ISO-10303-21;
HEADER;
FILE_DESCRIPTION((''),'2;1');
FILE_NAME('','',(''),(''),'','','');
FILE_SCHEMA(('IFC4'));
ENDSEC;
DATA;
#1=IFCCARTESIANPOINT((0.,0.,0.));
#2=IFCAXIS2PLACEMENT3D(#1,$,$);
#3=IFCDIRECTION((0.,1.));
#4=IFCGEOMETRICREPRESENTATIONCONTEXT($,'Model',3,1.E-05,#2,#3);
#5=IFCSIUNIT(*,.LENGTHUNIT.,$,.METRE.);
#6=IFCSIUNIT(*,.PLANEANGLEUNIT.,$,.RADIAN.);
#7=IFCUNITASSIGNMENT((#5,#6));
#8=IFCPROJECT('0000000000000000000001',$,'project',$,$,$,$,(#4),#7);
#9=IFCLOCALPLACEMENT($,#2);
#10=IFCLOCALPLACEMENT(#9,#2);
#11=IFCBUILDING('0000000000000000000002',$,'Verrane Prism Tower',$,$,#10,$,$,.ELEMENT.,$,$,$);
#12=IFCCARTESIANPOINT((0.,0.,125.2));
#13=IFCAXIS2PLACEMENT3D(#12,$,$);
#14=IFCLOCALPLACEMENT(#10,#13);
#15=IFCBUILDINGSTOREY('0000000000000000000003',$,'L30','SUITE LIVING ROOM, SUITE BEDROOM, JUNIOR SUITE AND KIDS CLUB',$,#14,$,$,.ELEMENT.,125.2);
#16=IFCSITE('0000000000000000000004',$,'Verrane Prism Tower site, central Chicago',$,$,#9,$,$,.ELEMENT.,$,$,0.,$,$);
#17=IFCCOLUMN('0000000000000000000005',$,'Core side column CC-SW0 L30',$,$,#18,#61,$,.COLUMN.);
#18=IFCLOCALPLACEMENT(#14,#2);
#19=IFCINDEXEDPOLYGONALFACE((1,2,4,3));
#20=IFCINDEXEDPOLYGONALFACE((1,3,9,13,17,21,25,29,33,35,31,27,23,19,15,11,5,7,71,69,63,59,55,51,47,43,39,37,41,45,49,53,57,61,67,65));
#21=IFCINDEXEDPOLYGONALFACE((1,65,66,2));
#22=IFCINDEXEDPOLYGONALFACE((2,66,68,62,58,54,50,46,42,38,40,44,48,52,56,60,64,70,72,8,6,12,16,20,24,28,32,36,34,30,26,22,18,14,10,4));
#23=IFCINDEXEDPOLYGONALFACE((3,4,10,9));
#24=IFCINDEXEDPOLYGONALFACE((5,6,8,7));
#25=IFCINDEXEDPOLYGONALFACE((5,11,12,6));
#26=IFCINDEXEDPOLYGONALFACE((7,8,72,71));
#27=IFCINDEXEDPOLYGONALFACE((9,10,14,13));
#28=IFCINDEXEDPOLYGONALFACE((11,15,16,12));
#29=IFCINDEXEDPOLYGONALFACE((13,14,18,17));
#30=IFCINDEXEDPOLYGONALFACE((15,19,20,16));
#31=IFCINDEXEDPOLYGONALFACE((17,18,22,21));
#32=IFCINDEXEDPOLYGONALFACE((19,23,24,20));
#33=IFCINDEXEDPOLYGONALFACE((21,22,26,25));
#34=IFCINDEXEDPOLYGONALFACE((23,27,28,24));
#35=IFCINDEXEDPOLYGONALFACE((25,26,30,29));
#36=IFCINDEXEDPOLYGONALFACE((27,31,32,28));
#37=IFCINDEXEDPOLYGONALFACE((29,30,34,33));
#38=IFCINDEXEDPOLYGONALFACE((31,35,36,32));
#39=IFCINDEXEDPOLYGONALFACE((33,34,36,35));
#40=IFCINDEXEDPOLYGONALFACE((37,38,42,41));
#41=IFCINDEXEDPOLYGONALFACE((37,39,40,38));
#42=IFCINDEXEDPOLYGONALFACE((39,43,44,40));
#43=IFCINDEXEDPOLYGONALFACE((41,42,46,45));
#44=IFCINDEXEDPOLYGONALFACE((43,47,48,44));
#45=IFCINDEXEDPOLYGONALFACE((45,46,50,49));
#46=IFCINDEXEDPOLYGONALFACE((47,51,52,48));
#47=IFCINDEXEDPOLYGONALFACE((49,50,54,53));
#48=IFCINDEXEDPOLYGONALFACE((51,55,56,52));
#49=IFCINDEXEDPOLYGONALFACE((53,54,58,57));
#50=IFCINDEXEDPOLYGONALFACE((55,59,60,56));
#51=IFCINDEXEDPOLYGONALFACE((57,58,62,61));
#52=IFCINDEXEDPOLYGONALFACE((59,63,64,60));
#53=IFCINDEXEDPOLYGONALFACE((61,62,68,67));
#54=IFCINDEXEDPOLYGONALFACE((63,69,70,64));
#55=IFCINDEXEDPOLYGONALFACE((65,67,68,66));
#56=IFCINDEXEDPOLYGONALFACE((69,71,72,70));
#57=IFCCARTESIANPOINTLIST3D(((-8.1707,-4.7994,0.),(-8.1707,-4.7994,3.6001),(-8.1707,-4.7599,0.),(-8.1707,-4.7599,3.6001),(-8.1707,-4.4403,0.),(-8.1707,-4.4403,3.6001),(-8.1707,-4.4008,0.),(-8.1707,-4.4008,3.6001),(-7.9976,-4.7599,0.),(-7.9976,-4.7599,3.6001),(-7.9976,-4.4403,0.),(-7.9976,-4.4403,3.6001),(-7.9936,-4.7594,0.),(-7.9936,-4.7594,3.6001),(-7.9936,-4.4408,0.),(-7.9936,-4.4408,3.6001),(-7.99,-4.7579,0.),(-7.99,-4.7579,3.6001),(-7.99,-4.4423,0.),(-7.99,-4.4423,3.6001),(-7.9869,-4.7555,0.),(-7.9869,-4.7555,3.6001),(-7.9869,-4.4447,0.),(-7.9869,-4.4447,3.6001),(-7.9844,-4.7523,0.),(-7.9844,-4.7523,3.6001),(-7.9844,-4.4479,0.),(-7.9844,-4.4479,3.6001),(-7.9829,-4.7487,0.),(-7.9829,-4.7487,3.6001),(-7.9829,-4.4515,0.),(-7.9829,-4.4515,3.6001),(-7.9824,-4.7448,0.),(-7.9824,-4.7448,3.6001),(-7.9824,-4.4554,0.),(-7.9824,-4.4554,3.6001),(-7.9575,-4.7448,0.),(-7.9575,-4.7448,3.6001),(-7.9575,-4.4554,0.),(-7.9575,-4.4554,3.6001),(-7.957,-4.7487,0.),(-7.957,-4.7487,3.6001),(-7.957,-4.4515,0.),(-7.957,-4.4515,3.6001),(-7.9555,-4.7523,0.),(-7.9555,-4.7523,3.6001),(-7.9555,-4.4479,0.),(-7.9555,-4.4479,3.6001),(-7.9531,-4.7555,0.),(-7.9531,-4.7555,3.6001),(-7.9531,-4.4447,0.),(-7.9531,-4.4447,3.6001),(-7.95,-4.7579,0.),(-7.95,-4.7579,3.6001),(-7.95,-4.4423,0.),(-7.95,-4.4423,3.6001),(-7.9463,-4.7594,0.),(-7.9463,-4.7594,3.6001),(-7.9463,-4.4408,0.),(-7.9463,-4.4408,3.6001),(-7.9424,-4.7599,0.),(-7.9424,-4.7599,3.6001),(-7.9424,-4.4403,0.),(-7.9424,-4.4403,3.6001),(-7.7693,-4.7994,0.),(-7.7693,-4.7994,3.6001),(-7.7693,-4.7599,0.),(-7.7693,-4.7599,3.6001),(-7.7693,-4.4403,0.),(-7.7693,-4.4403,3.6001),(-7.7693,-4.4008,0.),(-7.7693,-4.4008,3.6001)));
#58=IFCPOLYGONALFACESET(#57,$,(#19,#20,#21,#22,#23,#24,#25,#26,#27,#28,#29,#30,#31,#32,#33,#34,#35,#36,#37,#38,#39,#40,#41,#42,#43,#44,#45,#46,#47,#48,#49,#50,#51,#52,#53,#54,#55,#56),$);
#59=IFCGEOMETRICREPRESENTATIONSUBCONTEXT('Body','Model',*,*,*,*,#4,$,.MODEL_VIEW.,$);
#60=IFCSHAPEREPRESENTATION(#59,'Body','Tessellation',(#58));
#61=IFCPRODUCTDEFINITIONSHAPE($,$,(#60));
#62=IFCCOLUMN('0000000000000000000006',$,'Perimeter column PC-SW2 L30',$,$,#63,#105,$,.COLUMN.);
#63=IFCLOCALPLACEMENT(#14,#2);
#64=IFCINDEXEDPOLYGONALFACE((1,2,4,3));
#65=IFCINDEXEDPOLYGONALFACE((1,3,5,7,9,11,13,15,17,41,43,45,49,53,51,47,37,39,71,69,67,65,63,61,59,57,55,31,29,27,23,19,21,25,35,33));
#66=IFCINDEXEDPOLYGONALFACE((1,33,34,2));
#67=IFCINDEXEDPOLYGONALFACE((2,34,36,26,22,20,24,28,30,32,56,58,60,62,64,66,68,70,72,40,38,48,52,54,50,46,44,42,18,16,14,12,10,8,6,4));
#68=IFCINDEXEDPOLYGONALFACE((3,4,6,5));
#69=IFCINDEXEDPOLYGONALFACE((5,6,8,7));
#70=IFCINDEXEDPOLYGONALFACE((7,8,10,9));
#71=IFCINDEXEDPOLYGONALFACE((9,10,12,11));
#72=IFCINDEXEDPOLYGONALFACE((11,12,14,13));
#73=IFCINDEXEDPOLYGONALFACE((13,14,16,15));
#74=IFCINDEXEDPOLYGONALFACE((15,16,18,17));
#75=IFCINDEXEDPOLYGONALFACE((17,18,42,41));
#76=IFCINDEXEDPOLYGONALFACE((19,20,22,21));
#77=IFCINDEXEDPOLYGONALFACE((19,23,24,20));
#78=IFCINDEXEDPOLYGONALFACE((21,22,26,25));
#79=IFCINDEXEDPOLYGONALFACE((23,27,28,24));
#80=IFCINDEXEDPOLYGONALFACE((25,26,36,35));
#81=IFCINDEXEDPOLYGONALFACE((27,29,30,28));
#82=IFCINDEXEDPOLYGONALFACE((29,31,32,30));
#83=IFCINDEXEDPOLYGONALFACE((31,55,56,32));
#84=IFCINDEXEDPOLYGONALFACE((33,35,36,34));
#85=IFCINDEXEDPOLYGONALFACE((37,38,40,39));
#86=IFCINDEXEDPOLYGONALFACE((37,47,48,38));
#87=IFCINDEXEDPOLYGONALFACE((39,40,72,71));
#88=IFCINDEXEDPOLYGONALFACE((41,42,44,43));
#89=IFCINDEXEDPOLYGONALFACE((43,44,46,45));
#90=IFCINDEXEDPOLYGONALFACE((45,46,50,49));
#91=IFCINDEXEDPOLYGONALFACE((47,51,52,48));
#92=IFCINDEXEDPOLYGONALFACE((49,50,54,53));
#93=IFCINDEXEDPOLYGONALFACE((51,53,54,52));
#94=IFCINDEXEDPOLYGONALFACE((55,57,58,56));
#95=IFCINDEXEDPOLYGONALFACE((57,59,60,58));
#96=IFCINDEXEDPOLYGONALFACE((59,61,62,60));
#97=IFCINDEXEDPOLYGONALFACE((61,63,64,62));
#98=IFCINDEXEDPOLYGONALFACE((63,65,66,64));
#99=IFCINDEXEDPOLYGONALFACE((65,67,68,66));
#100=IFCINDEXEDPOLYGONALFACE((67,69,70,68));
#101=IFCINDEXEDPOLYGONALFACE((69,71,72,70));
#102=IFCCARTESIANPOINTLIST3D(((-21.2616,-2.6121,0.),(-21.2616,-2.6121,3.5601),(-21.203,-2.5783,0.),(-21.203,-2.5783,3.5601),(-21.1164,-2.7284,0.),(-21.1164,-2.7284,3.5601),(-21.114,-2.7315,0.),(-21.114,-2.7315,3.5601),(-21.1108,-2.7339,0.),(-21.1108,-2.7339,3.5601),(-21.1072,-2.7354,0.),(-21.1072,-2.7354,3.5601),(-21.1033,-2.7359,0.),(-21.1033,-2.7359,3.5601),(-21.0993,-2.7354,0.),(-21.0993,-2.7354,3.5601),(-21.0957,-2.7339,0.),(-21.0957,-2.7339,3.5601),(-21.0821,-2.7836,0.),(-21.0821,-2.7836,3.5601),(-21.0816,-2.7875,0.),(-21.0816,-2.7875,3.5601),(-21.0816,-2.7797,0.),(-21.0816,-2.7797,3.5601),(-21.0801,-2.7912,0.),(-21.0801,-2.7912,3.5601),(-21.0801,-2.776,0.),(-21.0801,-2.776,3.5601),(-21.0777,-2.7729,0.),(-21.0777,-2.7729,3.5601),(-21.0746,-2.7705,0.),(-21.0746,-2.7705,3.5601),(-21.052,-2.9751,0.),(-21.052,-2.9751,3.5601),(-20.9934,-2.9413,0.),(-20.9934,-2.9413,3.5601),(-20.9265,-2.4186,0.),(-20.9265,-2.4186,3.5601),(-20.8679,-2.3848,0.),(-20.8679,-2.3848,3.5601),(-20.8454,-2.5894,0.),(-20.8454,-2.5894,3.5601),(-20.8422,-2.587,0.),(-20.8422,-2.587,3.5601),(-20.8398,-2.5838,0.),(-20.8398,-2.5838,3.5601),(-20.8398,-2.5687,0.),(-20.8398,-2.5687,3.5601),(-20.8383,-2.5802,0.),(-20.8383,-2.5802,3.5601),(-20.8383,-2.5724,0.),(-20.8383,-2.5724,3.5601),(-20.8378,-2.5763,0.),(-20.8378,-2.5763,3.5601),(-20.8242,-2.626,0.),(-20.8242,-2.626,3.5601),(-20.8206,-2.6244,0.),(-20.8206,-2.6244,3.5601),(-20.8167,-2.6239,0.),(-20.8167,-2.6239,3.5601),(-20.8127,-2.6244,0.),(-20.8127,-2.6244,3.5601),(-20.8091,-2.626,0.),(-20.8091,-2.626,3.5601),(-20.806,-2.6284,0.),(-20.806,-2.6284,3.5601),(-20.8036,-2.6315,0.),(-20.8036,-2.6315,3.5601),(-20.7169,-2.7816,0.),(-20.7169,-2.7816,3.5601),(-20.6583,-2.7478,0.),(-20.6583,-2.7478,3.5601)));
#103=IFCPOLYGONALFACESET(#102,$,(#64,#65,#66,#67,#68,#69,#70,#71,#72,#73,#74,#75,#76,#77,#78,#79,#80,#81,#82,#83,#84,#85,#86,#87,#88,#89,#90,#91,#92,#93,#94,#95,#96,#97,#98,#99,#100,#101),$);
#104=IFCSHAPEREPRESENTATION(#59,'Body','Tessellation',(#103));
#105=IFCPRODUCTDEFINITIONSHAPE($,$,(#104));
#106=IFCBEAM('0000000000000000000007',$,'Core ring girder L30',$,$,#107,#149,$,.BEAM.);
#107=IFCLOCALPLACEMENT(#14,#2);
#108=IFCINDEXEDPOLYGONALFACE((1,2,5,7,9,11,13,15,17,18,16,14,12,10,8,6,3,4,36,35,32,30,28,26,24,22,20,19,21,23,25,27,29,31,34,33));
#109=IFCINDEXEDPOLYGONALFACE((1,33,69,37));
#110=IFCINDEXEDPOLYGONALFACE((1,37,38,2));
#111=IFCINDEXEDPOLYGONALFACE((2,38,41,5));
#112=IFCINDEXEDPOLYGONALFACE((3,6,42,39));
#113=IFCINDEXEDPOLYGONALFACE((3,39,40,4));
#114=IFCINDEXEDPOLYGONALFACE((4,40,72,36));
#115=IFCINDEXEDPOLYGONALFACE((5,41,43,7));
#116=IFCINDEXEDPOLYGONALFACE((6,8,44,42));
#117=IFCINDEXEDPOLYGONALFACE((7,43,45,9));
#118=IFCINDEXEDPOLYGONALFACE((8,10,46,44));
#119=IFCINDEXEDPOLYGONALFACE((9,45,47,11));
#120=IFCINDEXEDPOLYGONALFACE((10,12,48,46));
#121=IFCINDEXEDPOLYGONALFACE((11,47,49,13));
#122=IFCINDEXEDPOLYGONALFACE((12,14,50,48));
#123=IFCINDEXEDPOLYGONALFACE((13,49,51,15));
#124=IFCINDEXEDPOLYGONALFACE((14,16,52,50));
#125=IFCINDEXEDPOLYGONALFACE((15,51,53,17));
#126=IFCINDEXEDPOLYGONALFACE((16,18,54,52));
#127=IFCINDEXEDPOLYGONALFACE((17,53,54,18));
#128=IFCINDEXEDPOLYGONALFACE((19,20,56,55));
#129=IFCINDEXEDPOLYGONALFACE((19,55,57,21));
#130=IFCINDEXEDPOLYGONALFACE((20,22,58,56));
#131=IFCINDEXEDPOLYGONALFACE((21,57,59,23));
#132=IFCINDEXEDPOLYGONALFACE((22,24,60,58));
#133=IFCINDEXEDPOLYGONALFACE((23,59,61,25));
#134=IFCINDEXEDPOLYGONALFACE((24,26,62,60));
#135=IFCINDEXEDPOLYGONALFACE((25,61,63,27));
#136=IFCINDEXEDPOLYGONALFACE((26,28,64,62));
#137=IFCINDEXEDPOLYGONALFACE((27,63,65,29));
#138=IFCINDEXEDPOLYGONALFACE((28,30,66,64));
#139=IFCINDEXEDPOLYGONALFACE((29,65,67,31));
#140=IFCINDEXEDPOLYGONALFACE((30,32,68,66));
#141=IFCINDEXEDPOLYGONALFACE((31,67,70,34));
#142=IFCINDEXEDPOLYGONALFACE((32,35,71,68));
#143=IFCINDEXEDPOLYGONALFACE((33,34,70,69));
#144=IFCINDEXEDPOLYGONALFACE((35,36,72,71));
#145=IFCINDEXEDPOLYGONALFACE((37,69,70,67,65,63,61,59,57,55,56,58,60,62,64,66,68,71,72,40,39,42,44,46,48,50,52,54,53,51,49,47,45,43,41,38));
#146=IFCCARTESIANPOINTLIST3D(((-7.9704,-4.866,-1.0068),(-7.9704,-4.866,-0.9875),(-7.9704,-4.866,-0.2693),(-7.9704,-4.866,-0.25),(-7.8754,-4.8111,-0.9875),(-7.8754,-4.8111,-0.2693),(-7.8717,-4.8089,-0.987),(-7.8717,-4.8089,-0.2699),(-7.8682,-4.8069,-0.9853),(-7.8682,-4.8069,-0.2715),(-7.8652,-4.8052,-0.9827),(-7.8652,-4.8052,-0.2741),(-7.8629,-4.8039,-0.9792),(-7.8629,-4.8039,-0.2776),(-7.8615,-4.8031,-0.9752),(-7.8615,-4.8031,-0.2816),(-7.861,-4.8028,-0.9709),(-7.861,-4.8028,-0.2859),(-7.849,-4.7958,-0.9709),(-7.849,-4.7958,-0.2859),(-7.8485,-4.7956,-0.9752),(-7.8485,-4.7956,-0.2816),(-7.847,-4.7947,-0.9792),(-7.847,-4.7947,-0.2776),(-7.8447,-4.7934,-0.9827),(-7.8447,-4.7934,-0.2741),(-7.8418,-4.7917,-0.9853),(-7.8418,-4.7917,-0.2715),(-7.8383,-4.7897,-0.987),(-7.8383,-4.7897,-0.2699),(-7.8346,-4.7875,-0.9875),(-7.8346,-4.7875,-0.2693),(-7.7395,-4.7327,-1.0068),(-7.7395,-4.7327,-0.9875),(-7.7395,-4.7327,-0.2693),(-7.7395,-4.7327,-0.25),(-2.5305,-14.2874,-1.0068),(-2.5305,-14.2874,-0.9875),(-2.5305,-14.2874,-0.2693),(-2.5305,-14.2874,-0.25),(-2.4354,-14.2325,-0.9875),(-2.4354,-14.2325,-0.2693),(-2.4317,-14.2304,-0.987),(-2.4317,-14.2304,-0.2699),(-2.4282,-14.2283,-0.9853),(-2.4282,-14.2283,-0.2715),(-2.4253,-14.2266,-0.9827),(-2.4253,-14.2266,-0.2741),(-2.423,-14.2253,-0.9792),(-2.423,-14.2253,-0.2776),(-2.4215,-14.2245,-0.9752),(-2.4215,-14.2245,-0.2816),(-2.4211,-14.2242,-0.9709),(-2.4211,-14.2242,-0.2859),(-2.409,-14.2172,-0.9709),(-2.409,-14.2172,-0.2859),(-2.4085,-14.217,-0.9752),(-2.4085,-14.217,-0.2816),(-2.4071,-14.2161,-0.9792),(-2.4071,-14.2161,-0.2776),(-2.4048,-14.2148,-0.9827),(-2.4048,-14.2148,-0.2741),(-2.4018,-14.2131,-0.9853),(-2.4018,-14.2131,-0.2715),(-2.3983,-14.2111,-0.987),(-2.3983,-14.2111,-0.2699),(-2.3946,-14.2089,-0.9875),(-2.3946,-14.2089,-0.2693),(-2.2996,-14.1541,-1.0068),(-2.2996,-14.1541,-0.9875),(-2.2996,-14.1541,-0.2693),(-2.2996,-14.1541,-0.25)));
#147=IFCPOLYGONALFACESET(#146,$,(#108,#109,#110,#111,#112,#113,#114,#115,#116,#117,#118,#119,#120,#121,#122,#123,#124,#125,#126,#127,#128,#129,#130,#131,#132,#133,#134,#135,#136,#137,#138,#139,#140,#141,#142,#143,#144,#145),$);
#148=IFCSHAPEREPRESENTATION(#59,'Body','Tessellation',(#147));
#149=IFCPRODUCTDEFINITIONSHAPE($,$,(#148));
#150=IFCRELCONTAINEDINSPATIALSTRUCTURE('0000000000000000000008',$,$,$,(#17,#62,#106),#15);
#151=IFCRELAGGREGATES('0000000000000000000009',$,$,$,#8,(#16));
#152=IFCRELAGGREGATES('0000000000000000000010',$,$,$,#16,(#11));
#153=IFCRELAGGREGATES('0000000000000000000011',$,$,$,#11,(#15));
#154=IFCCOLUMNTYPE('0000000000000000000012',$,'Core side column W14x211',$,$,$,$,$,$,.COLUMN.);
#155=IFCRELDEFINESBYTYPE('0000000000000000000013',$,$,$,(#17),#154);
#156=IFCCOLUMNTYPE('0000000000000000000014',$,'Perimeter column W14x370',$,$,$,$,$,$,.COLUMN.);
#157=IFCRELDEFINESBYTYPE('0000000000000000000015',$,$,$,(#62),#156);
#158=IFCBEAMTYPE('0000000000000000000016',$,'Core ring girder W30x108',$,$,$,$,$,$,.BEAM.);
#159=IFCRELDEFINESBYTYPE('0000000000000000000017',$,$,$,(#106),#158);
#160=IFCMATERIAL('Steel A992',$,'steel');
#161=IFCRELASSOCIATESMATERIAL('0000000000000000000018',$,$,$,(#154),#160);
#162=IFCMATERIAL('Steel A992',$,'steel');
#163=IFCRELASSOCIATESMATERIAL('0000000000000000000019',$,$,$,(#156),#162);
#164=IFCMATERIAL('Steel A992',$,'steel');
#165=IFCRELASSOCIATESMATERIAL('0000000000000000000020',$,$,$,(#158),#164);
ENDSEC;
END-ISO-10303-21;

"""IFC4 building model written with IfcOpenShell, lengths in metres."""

from ifc_helpers import new_model, si_unit, direction, frame, origin, origin_2d, place, context, subcontext, project, spatial, i_section, extrude, material, material_profile, profile_set, type_object, element, save


model = new_model("IFC4")

# Units and contexts
model_context = context("Model", 3, precision=1e-05, world=origin(), true_north=direction((0.0, 1.0)))
body_context = subcontext(model_context, "Body", "Model", "MODEL_VIEW")
ifc_project = project(units=[si_unit("LENGTHUNIT", "METRE"), si_unit("PLANEANGLEUNIT", "RADIAN")], contexts=[model_context])

# Site, building, storey
site_placement = place(None, origin())
site = spatial("IfcSite", under=ifc_project, at=site_placement, Name="Verrane Prism Tower site, central Chicago", CompositionType="ELEMENT", RefElevation=0.0)
building_placement = place(site_placement, origin())
building = spatial("IfcBuilding", under=site, at=building_placement, Name="Verrane Prism Tower", CompositionType="ELEMENT")
storey_placement = place(building_placement, frame((0.0, 0.0, 125.2)))
storey = spatial("IfcBuildingStorey", under=building, at=storey_placement, Name="L30", Description="SUITE LIVING ROOM, SUITE BEDROOM, JUNIOR SUITE AND KIDS CLUB", CompositionType="ELEMENT", Elevation=125.2)

# Columns
ifc_material_1 = material(Name="Steel A992", Category="steel")
ifc_material_profile_1 = material_profile(ifc_material_1, i_section(OverallWidth=0.4014, OverallDepth=0.3987, WebThickness=0.0249, FlangeThickness=0.0396, FilletRadius=0.0151, at=origin_2d()), Name="W14x211")
ifc_profile_set_1 = profile_set([ifc_material_profile_1], Name="Steel A992")
column_type_1 = type_object("IfcColumnType", Name="Core side column W14x211", PredefinedType="COLUMN", material=ifc_profile_set_1)
column_1_placement = place(storey_placement, frame((-7.97, -4.6001, 0.0), z_axis=(0.0, 0.0, 1.0), x_axis=(1.0, 0.0, 0.0)))
element("IfcColumn", 1, at=column_1_placement, inside=storey, type_object=column_type_1, Name="Core side column CC-SW0 L30", PredefinedType="COLUMN", context=body_context, shape_type="SweptSolid", body=[
    extrude(i_section(OverallWidth=0.4014, OverallDepth=0.3987, WebThickness=0.0249, FlangeThickness=0.0396, FilletRadius=0.0151, at=origin_2d()), origin(), (0.0, 0.0, 1.0), 3.6001),
])
ifc_material_2 = material(Name="Steel A992", Category="steel")
ifc_material_profile_2 = material_profile(ifc_material_2, i_section(OverallWidth=0.4192, OverallDepth=0.4546, WebThickness=0.0422, FlangeThickness=0.0676, FilletRadius=0.0151, at=origin_2d()), Name="W14x370")
ifc_profile_set_2 = profile_set([ifc_material_profile_2], Name="Steel A992")
column_type_2 = type_object("IfcColumnType", Name="Perimeter column W14x370", PredefinedType="COLUMN", material=ifc_profile_set_2)
column_2_placement = place(storey_placement, frame((-20.96, -2.6799, 0.0), z_axis=(0.0, 0.0, 1.0), x_axis=(-0.5, 0.866025, 0.0)))
element("IfcColumn", 2, at=column_2_placement, inside=storey, type_object=column_type_2, Name="Perimeter column PC-SW2 L30", PredefinedType="COLUMN", context=body_context, shape_type="SweptSolid", body=[
    extrude(i_section(OverallWidth=0.4192, OverallDepth=0.4546, WebThickness=0.0422, FlangeThickness=0.0676, FilletRadius=0.0151, at=origin_2d()), origin(), (0.0, 0.0, 1.0), 3.5601),
])

# Beam
ifc_material_3 = material(Name="Steel A992", Category="steel")
ifc_material_profile_3 = material_profile(ifc_material_3, i_section(OverallWidth=0.2666, OverallDepth=0.7568, WebThickness=0.0139, FlangeThickness=0.0193, FilletRadius=0.0166, at=origin_2d()), Name="W30x108")
ifc_profile_set_3 = profile_set([ifc_material_profile_3], Name="Steel A992")
beam_type_1 = type_object("IfcBeamType", Name="Core ring girder W30x108", PredefinedType="BEAM", material=ifc_profile_set_3)
beam_1_placement = place(storey_placement, frame((-7.855, -4.7993, -0.6284), z_axis=(0.500035, -0.866005, 0.0), x_axis=(0.866005, 0.500035, 0.0)))
element("IfcBeam", 3, at=beam_1_placement, inside=storey, type_object=beam_type_1, Name="Core ring girder L30", PredefinedType="BEAM", context=body_context, shape_type="SweptSolid", body=[
    extrude(i_section(OverallWidth=0.2666, OverallDepth=0.7568, WebThickness=0.0139, FlangeThickness=0.0193, FilletRadius=0.0166, at=origin_2d()), origin(), (0.0, 0.0, 1.0), 10.8792),
])

save(model, "model.ifc")
